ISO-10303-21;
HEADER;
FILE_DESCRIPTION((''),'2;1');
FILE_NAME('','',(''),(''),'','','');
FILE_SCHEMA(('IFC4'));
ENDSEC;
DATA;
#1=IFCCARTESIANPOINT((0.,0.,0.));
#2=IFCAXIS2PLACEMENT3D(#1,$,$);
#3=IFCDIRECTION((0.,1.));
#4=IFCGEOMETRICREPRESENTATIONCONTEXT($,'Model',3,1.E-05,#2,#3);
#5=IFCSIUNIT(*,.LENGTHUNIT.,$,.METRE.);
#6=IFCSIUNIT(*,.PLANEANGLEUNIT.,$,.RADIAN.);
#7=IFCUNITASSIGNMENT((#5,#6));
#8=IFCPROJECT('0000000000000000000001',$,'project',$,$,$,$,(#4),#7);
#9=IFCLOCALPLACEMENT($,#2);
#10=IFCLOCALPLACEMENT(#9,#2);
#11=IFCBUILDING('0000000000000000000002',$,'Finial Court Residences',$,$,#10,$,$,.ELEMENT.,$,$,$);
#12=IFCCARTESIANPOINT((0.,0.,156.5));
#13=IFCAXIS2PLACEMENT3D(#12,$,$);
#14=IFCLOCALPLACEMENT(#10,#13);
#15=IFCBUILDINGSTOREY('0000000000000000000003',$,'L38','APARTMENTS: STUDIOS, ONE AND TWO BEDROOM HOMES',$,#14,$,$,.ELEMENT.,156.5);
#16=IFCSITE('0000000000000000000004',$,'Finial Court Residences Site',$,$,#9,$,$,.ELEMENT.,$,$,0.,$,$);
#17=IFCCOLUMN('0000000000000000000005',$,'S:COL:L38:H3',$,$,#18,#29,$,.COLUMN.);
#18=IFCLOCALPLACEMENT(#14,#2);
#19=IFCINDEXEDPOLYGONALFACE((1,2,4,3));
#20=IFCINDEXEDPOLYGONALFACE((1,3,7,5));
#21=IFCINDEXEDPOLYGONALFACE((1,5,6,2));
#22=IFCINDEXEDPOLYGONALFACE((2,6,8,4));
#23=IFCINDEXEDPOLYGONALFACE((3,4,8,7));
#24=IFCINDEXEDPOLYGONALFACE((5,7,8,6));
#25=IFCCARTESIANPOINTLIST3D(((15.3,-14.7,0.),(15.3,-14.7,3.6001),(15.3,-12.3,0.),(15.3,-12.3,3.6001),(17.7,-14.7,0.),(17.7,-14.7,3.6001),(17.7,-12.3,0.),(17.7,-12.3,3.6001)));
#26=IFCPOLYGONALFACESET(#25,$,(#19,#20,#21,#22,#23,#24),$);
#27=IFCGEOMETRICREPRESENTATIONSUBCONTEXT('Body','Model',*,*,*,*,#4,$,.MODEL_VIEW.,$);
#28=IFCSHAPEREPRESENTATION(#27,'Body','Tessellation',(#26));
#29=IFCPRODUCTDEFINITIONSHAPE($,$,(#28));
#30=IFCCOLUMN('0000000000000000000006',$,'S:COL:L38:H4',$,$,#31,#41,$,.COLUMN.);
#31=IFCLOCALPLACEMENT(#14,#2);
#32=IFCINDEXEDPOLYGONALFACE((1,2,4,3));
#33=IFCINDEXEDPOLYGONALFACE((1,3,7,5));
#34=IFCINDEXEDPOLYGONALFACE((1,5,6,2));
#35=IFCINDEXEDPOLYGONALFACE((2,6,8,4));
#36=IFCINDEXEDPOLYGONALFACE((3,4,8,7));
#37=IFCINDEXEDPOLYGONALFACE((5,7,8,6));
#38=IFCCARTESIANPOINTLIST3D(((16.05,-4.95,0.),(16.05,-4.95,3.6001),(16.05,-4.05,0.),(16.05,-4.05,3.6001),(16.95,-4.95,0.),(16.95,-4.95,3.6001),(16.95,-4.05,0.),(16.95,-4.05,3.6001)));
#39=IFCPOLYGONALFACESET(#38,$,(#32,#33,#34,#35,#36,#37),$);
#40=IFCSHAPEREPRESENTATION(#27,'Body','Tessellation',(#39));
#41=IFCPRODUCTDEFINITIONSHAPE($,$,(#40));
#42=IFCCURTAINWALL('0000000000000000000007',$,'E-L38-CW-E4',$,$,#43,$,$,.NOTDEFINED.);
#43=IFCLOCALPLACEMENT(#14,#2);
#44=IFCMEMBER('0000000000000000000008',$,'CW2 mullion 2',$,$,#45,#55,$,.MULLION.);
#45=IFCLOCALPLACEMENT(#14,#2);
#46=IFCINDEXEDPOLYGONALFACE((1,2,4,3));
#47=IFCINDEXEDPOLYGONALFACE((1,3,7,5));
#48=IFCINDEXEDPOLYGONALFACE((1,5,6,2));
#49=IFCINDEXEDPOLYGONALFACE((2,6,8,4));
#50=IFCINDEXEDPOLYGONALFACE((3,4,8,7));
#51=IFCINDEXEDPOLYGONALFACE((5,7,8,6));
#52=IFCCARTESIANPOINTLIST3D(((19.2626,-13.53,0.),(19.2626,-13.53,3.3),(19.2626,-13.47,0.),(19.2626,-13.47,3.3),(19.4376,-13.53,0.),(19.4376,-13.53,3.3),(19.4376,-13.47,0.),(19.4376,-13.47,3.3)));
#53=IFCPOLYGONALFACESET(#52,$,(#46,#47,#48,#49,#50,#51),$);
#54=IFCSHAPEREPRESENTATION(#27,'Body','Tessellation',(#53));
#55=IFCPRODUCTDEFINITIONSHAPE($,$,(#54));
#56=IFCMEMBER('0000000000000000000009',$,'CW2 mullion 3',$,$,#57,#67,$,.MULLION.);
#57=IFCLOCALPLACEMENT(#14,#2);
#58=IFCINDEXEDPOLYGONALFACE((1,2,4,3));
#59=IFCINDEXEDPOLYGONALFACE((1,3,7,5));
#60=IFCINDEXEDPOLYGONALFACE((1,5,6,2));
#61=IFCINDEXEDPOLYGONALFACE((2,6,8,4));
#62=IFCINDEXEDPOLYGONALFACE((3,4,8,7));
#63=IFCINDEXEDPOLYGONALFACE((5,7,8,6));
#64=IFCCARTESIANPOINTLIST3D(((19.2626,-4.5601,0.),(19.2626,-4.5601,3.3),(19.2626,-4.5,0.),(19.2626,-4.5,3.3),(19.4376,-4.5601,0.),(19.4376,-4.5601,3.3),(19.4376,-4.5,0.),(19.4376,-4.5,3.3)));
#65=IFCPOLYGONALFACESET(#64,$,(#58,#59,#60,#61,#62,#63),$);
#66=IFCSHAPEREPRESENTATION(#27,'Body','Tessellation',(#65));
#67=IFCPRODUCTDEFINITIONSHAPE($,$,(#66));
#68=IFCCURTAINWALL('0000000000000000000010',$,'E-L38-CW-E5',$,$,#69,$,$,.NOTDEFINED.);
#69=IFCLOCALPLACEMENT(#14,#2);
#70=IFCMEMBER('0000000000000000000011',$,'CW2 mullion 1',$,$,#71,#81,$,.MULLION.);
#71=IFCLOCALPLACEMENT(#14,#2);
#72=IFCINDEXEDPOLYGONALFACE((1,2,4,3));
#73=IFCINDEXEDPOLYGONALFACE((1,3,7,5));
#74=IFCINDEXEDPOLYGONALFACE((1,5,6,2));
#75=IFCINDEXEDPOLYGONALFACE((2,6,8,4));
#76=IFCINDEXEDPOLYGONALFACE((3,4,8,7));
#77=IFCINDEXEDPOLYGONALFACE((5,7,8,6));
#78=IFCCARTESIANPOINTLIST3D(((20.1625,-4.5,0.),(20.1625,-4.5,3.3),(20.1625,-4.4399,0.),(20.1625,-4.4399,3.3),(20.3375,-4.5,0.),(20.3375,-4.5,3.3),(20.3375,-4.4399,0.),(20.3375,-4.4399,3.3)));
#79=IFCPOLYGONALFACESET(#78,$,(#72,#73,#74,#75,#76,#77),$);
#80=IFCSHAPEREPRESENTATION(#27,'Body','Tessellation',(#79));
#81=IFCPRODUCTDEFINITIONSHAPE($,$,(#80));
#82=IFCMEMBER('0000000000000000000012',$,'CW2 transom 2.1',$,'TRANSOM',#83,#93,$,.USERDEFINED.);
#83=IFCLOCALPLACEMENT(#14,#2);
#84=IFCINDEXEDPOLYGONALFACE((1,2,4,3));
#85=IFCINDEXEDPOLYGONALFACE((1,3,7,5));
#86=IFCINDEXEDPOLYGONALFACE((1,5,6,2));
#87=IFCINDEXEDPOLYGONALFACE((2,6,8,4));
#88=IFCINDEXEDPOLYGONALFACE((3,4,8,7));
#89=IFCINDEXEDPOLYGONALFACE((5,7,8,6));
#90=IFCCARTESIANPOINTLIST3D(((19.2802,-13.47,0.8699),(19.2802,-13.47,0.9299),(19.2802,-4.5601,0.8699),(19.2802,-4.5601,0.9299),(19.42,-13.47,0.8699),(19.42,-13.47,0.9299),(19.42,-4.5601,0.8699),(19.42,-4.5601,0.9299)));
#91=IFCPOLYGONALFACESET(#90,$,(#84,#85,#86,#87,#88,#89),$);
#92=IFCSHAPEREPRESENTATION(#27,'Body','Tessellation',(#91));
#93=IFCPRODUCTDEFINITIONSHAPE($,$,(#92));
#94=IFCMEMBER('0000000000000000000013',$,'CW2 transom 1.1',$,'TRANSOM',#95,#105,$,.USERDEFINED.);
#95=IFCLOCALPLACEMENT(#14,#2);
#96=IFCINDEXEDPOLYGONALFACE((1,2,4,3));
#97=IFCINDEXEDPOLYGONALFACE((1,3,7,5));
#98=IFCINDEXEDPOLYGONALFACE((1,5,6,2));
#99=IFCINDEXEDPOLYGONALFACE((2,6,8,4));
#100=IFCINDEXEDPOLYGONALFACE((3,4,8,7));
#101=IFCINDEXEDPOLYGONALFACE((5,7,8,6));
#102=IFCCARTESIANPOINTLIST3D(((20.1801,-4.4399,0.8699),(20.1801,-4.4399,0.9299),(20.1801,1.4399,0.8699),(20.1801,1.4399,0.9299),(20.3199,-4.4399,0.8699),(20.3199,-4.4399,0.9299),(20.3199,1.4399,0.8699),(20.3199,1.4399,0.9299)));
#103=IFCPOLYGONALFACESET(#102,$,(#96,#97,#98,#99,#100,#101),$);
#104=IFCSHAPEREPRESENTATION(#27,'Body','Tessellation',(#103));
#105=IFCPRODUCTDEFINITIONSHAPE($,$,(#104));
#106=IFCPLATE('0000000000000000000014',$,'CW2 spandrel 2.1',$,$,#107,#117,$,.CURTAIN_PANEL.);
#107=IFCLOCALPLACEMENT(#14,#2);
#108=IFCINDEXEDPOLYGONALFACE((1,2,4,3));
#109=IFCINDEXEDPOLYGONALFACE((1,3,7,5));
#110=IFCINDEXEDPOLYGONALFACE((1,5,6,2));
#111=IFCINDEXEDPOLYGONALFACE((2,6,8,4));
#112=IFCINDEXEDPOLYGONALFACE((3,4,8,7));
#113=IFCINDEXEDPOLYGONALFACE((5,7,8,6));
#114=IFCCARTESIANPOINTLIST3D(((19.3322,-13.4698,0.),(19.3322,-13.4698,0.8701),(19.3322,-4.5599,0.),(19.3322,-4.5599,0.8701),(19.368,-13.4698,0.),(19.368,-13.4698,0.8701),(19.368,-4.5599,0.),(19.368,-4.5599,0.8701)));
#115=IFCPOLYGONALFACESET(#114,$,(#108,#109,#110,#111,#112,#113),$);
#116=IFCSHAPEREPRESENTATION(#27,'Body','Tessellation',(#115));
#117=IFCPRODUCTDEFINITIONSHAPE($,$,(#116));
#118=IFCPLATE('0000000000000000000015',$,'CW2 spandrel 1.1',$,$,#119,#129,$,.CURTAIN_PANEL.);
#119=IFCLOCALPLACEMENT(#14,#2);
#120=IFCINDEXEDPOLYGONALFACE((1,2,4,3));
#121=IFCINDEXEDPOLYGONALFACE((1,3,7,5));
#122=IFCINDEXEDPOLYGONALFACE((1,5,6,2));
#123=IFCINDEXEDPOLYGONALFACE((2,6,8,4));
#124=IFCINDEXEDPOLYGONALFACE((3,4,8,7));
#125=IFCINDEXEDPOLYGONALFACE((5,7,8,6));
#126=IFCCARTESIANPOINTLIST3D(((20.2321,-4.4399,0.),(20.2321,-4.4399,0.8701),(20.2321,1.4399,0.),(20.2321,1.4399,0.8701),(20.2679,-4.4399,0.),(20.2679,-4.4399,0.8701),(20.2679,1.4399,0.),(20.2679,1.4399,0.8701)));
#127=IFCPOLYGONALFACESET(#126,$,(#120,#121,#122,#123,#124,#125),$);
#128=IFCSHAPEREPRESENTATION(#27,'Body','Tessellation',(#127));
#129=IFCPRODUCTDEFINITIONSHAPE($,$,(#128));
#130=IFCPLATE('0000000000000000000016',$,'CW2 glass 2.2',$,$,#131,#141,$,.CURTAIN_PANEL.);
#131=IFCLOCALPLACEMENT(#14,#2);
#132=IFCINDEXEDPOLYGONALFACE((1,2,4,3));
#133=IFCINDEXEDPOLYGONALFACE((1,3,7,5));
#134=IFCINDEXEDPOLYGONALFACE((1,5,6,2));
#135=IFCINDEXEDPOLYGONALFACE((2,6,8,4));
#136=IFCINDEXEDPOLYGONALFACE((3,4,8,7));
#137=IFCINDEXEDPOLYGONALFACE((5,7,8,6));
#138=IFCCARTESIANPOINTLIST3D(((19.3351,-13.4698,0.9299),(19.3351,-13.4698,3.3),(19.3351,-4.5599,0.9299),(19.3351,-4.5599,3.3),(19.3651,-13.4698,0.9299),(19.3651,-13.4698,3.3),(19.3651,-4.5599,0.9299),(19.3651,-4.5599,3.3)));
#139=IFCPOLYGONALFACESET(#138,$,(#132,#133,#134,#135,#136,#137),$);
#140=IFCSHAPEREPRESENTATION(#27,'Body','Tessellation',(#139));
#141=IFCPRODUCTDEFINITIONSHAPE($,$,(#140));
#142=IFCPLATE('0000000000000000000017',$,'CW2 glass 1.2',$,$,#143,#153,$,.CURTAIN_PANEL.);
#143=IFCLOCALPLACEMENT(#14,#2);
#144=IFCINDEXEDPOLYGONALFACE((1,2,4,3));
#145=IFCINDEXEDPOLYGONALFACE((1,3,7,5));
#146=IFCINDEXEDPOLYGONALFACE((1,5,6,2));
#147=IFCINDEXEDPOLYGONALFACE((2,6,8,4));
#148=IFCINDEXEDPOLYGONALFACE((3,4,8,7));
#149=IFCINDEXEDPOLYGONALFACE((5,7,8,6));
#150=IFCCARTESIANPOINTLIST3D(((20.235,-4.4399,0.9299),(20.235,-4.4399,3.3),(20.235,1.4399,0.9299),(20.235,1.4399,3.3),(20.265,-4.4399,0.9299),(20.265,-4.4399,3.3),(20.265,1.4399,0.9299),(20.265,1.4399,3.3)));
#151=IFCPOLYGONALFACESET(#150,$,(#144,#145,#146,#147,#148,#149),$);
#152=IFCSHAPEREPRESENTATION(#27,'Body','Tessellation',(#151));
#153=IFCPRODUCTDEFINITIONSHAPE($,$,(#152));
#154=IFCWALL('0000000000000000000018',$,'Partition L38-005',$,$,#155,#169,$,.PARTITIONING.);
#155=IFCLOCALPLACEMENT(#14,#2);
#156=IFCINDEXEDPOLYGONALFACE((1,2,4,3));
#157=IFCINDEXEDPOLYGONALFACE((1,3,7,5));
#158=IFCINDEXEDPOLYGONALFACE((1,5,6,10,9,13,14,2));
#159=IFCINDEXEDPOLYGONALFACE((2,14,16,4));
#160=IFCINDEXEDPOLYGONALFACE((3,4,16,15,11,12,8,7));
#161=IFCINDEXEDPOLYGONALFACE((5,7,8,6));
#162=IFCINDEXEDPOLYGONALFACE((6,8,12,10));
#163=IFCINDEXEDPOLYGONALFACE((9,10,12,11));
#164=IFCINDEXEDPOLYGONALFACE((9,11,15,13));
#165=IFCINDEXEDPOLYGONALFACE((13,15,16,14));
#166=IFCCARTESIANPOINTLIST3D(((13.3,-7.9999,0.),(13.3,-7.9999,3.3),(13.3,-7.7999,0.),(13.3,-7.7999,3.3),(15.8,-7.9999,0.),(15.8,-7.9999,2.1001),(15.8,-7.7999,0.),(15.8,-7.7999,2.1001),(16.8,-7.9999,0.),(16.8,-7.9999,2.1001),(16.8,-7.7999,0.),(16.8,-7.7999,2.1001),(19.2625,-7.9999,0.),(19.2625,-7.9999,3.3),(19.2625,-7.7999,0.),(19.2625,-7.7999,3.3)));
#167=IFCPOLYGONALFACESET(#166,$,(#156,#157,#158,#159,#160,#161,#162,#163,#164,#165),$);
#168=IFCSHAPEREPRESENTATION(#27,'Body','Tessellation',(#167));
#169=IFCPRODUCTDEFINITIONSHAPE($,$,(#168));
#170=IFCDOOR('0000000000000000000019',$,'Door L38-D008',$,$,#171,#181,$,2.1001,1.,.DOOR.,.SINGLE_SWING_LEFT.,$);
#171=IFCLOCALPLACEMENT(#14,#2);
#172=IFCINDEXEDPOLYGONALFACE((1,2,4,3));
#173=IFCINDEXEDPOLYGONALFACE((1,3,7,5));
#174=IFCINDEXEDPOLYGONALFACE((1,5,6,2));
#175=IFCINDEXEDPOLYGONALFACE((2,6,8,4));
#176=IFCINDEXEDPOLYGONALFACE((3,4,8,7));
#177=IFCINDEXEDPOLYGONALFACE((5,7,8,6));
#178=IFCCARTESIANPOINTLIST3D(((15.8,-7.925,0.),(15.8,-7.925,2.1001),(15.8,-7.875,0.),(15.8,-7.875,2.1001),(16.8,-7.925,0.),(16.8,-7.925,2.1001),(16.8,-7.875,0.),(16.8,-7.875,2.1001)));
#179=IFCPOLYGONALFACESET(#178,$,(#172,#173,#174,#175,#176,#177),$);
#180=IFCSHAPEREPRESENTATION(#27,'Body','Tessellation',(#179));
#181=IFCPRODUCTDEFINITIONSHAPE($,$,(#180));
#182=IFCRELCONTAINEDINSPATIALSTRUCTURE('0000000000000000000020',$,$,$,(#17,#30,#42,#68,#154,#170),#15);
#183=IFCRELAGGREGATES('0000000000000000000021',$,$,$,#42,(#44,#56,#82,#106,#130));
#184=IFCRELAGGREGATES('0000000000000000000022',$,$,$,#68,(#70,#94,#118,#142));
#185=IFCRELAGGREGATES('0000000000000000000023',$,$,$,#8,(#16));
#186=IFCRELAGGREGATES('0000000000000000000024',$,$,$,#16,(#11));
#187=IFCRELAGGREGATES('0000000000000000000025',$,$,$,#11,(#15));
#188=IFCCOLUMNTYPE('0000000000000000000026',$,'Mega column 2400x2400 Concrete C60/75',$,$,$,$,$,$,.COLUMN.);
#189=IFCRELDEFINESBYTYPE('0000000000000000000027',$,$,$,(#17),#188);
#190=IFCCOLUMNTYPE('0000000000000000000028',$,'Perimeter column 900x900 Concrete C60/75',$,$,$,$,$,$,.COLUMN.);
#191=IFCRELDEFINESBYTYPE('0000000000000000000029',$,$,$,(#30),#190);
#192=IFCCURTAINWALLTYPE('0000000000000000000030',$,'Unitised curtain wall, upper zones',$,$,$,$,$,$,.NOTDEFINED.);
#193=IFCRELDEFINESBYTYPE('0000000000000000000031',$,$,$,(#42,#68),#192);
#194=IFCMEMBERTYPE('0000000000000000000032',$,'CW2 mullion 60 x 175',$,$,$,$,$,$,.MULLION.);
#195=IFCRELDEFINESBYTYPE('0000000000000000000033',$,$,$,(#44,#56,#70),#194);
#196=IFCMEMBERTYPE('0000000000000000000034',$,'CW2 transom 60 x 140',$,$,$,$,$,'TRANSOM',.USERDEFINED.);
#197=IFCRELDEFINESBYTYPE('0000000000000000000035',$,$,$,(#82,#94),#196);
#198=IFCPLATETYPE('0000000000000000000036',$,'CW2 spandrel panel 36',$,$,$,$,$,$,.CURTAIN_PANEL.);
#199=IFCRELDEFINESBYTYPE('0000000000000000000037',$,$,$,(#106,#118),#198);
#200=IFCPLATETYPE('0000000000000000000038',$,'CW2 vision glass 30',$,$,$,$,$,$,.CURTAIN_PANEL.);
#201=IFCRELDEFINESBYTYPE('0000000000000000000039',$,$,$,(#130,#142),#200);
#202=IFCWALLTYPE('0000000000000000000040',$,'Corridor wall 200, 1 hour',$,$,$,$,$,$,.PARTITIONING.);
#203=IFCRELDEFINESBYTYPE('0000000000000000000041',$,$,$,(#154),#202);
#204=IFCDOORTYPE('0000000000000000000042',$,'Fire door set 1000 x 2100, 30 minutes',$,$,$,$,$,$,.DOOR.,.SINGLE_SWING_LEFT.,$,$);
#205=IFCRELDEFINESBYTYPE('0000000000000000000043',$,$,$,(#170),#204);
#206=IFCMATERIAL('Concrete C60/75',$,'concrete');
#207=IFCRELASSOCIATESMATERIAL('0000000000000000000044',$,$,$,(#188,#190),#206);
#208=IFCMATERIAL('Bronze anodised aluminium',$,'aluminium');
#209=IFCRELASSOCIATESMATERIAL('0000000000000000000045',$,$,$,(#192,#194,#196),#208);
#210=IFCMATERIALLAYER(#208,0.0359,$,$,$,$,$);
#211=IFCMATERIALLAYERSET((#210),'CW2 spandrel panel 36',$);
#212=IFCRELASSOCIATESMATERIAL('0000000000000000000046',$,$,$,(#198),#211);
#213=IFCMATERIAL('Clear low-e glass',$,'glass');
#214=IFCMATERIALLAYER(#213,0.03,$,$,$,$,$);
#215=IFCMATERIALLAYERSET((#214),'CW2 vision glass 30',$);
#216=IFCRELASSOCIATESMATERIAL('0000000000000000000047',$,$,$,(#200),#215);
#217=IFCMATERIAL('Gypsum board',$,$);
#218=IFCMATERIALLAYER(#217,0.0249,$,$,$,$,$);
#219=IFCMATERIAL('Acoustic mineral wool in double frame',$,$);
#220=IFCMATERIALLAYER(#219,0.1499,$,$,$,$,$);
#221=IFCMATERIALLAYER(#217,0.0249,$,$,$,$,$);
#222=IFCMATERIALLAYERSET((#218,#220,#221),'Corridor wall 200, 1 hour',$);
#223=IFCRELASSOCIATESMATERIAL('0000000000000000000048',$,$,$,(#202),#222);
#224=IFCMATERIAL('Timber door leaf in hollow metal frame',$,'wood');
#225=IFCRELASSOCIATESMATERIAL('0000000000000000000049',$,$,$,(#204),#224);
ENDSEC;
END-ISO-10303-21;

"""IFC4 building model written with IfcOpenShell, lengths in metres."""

from ifc_helpers import new_model, si_unit, direction, frame, frame_2d, origin, origin_2d, place, context, subcontext, project, spatial, rectangle, extrude, material, layer, layer_set, material_profile, profile_set, type_object, element, fill, aggregate, save


model = new_model("IFC4")

# Units and contexts
model_context = context("Model", 3, precision=1e-05, world=origin(), true_north=direction((0.0, 1.0)))
body_context = subcontext(model_context, "Body", "Model", "MODEL_VIEW")
ifc_project = project(units=[si_unit("LENGTHUNIT", "METRE"), si_unit("PLANEANGLEUNIT", "RADIAN")], contexts=[model_context])

# Site, building, storey
site_placement = place(None, origin())
site = spatial("IfcSite", under=ifc_project, at=site_placement, Name="Finial Court Residences Site", CompositionType="ELEMENT", RefElevation=0.0)
building_placement = place(site_placement, origin())
building = spatial("IfcBuilding", under=site, at=building_placement, Name="Finial Court Residences", CompositionType="ELEMENT")
storey_placement = place(building_placement, frame((0.0, 0.0, 156.5)))
storey = spatial("IfcBuildingStorey", under=building, at=storey_placement, Name="L38", Description="APARTMENTS: STUDIOS, ONE AND TWO BEDROOM HOMES", CompositionType="ELEMENT", Elevation=156.5)

# Columns
ifc_material_1 = material(Name="Concrete C60/75", Category="concrete")
ifc_material_profile_1 = material_profile(ifc_material_1, rectangle(XDim=2.3999, YDim=2.3999, at=origin_2d()), Name="2400x2400")
ifc_profile_set_1 = profile_set([ifc_material_profile_1], Name="Concrete C60/75")
column_type_1 = type_object("IfcColumnType", Name="Mega column 2400x2400 Concrete C60/75", PredefinedType="COLUMN", material=ifc_profile_set_1)
column_1_placement = place(storey_placement, frame((16.5, -13.5, 0.0), z_axis=(0.0, 0.0, 1.0), x_axis=(1.0, 0.0, 0.0)))
element("IfcColumn", 1, at=column_1_placement, inside=storey, type_object=column_type_1, Name="S:COL:L38:H3", PredefinedType="COLUMN", context=body_context, shape_type="SweptSolid", body=[
    extrude(rectangle(XDim=2.3999, YDim=2.3999, at=origin_2d()), origin(), (0.0, 0.0, 1.0), 3.6001),
])
ifc_material_profile_2 = material_profile(ifc_material_1, rectangle(XDim=0.8999, YDim=0.8999, at=origin_2d()), Name="900x900")
ifc_profile_set_2 = profile_set([ifc_material_profile_2], Name="Concrete C60/75")
column_type_2 = type_object("IfcColumnType", Name="Perimeter column 900x900 Concrete C60/75", PredefinedType="COLUMN", material=ifc_profile_set_2)
column_2_placement = place(storey_placement, frame((16.5, -4.5, 0.0), z_axis=(0.0, 0.0, 1.0), x_axis=(1.0, 0.0, 0.0)))
element("IfcColumn", 2, at=column_2_placement, inside=storey, type_object=column_type_2, Name="S:COL:L38:H4", PredefinedType="COLUMN", context=body_context, shape_type="SweptSolid", body=[
    extrude(rectangle(XDim=0.8999, YDim=0.8999, at=origin_2d()), origin(), (0.0, 0.0, 1.0), 3.6001),
])

# Curtain wall, members
ifc_material_2 = material(Name="Bronze anodised aluminium", Category="aluminium")
curtain_wall_type = type_object("IfcCurtainWallType", Name="Unitised curtain wall, upper zones", PredefinedType="NOTDEFINED", material=ifc_material_2)
curtain_wall_1_placement = place(storey_placement, origin())
curtain_wall_1 = element("IfcCurtainWall", 3, at=curtain_wall_1_placement, inside=storey, type_object=curtain_wall_type, Name="E-L38-CW-E4", PredefinedType="NOTDEFINED")
ifc_material_profile_3 = material_profile(ifc_material_2, rectangle(XDim=0.175, YDim=0.0601, at=origin_2d()), Name="CW2 mullion 60 x 175")
ifc_profile_set_3 = profile_set([ifc_material_profile_3], Name="Bronze anodised aluminium")
member_type_1 = type_object("IfcMemberType", Name="CW2 mullion 60 x 175", PredefinedType="MULLION", material=ifc_profile_set_3)
member_1_placement = place(storey_placement, frame((19.3501, -13.5, 0.0), z_axis=(0.0, 0.0, 1.0), x_axis=(-1.0, 0.0, 0.0)))
member_1 = element("IfcMember", 4, at=member_1_placement, type_object=member_type_1, Name="CW2 mullion 2", PredefinedType="MULLION", context=body_context, shape_type="SweptSolid", body=[
    extrude(rectangle(XDim=0.175, YDim=0.0601, at=origin_2d()), origin(), (0.0, 0.0, 1.0), 3.3),
])
member_2_placement = place(storey_placement, frame((19.3501, -4.53, 0.0), z_axis=(0.0, 0.0, 1.0), x_axis=(-1.0, 0.0, 0.0)))
member_2 = element("IfcMember", 5, at=member_2_placement, type_object=member_type_1, Name="CW2 mullion 3", PredefinedType="MULLION", context=body_context, shape_type="SweptSolid", body=[
    extrude(rectangle(XDim=0.175, YDim=0.0601, at=origin_2d()), origin(), (0.0, 0.0, 1.0), 3.3),
])

# Curtain wall, member
curtain_wall_2_placement = place(storey_placement, origin())
curtain_wall_2 = element("IfcCurtainWall", 6, at=curtain_wall_2_placement, inside=storey, type_object=curtain_wall_type, Name="E-L38-CW-E5", PredefinedType="NOTDEFINED")
member_3_placement = place(storey_placement, frame((20.25, -4.47, 0.0), z_axis=(0.0, 0.0, 1.0), x_axis=(-1.0, 0.0, 0.0)))
member_3 = element("IfcMember", 7, at=member_3_placement, type_object=member_type_1, Name="CW2 mullion 1", PredefinedType="MULLION", context=body_context, shape_type="SweptSolid", body=[
    extrude(rectangle(XDim=0.175, YDim=0.0601, at=origin_2d()), origin(), (0.0, 0.0, 1.0), 3.3),
])

# Members
ifc_material_profile_4 = material_profile(ifc_material_2, rectangle(XDim=0.1399, YDim=0.0601, at=origin_2d()), Name="CW2 transom 60 x 140")
ifc_profile_set_4 = profile_set([ifc_material_profile_4], Name="Bronze anodised aluminium")
member_type_2 = type_object("IfcMemberType", Name="CW2 transom 60 x 140", ElementType="TRANSOM", PredefinedType="USERDEFINED", material=ifc_profile_set_4)
member_4_placement = place(storey_placement, frame((19.3501, -13.47, 0.8999), z_axis=(0.0, 1.0, 0.0), x_axis=(-1.0, 0.0, 0.0)))
member_4 = element("IfcMember", 8, at=member_4_placement, type_object=member_type_2, Name="CW2 transom 2.1", ObjectType="TRANSOM", PredefinedType="USERDEFINED", context=body_context, shape_type="SweptSolid", body=[
    extrude(rectangle(XDim=0.1399, YDim=0.0601, at=origin_2d()), origin(), (0.0, 0.0, 1.0), 8.9099),
])
member_5_placement = place(storey_placement, frame((20.25, -4.4399, 0.8999), z_axis=(0.0, 1.0, 0.0), x_axis=(-1.0, 0.0, 0.0)))
member_5 = element("IfcMember", 9, at=member_5_placement, type_object=member_type_2, Name="CW2 transom 1.1", ObjectType="TRANSOM", PredefinedType="USERDEFINED", context=body_context, shape_type="SweptSolid", body=[
    extrude(rectangle(XDim=0.1399, YDim=0.0601, at=origin_2d()), origin(), (0.0, 0.0, 1.0), 5.8799),
])

# Plates
ifc_layer_1 = layer(ifc_material_2, 0.0359)
ifc_layer_set_1 = layer_set([ifc_layer_1], Name="CW2 spandrel panel 36")
plate_type_1 = type_object("IfcPlateType", Name="CW2 spandrel panel 36", PredefinedType="CURTAIN_PANEL", material=ifc_layer_set_1)
plate_1_placement = place(storey_placement, frame((19.3501, -9.0149, 0.0), z_axis=(0.0, 0.0, 1.0), x_axis=(0.0, 1.0, 0.0)))
plate_1 = element("IfcPlate", 10, at=plate_1_placement, type_object=plate_type_1, Name="CW2 spandrel 2.1", PredefinedType="CURTAIN_PANEL", context=body_context, shape_type="SweptSolid", body=[
    extrude(rectangle(XDim=8.9099, YDim=0.0359, at=origin_2d()), origin(), (0.0, 0.0, 1.0), 0.8701),
])
plate_2_placement = place(storey_placement, frame((20.25, -1.5, 0.0), z_axis=(0.0, 0.0, 1.0), x_axis=(0.0, 1.0, 0.0)))
plate_2 = element("IfcPlate", 11, at=plate_2_placement, type_object=plate_type_1, Name="CW2 spandrel 1.1", PredefinedType="CURTAIN_PANEL", context=body_context, shape_type="SweptSolid", body=[
    extrude(rectangle(XDim=5.8799, YDim=0.0359, at=origin_2d()), origin(), (0.0, 0.0, 1.0), 0.8701),
])
ifc_material_3 = material(Name="Clear low-e glass", Category="glass")
ifc_layer_2 = layer(ifc_material_3, 0.03)
ifc_layer_set_2 = layer_set([ifc_layer_2], Name="CW2 vision glass 30")
plate_type_2 = type_object("IfcPlateType", Name="CW2 vision glass 30", PredefinedType="CURTAIN_PANEL", material=ifc_layer_set_2)
plate_3_placement = place(storey_placement, frame((19.3501, -9.0149, 0.9299), z_axis=(0.0, 0.0, 1.0), x_axis=(0.0, 1.0, 0.0)))
plate_3 = element("IfcPlate", 12, at=plate_3_placement, type_object=plate_type_2, Name="CW2 glass 2.2", PredefinedType="CURTAIN_PANEL", context=body_context, shape_type="SweptSolid", body=[
    extrude(rectangle(XDim=8.9099, YDim=0.03, at=origin_2d()), origin(), (0.0, 0.0, 1.0), 2.3701),
])
aggregate(curtain_wall_1, [member_1, member_2, member_4, plate_1, plate_3])
plate_4_placement = place(storey_placement, frame((20.25, -1.5, 0.9299), z_axis=(0.0, 0.0, 1.0), x_axis=(0.0, 1.0, 0.0)))
plate_4 = element("IfcPlate", 13, at=plate_4_placement, type_object=plate_type_2, Name="CW2 glass 1.2", PredefinedType="CURTAIN_PANEL", context=body_context, shape_type="SweptSolid", body=[
    extrude(rectangle(XDim=5.8799, YDim=0.03, at=origin_2d()), origin(), (0.0, 0.0, 1.0), 2.3701),
])
aggregate(curtain_wall_2, [member_3, member_5, plate_2, plate_4])

# Wall, opening, door
ifc_material_4 = material(Name="Gypsum board")
ifc_layer_3 = layer(ifc_material_4, 0.0249)
ifc_material_5 = material(Name="Acoustic mineral wool in double frame")
ifc_layer_4 = layer(ifc_material_5, 0.1499)
ifc_layer_5 = layer(ifc_material_4, 0.0249)
ifc_layer_set_3 = layer_set([ifc_layer_3, ifc_layer_4, ifc_layer_5], Name="Corridor wall 200, 1 hour")
wall_type_1 = type_object("IfcWallType", Name="Corridor wall 200, 1 hour", PredefinedType="PARTITIONING", material=ifc_layer_set_3)
wall_1_placement = place(storey_placement, frame((13.3, -7.8999, 0.0), z_axis=(0.0, 0.0, 1.0), x_axis=(1.0, 0.0, 0.0)))
wall_1 = element("IfcWall", 14, at=wall_1_placement, inside=storey, type_object=wall_type_1, Name="Partition L38-005", PredefinedType="PARTITIONING", context=body_context, shape_type="SweptSolid", body=[
    extrude(rectangle(XDim=5.9624, YDim=0.2, at=frame_2d((2.9812, 0.0))), origin(), (0.0, 0.0, 1.0), 3.3),
])
opening_1_placement = place(wall_1_placement, frame((2.5, 0.0, 0.0)))
opening_1 = element("IfcOpeningElement", 15, at=opening_1_placement, cuts=wall_1, PredefinedType="OPENING", context=body_context, shape_type="SweptSolid", body=[
    extrude(rectangle(XDim=1.0, YDim=2.1001, at=frame_2d((0.5, 1.05))), frame((0.0, 0.1099, 0.0), z_axis=(0.0, -1.0, 0.0), x_axis=(1.0, 0.0, 0.0)), (0.0, 0.0, 1.0), 0.22),
])
ifc_material_6 = material(Name="Timber door leaf in hollow metal frame", Category="wood")
door_type_1 = type_object("IfcDoorType", Name="Fire door set 1000 x 2100, 30 minutes", OperationType="SINGLE_SWING_LEFT", PredefinedType="DOOR", material=ifc_material_6)
door_1_placement = place(opening_1_placement, origin())
door_1 = element("IfcDoor", 16, at=door_1_placement, inside=storey, type_object=door_type_1, Name="Door L38-D008", OperationType="SINGLE_SWING_LEFT", OverallHeight=2.1001, OverallWidth=1.0, PredefinedType="DOOR", context=body_context, shape_type="SweptSolid", body=[
    extrude(rectangle(XDim=1.0, YDim=2.1001, at=frame_2d((0.5, 1.05))), frame((0.0, 0.0249, 0.0), z_axis=(0.0, -1.0, 0.0), x_axis=(1.0, 0.0, 0.0)), (0.0, 0.0, 1.0), 0.05),
])
fill(opening_1, door_1)

save(model, "model.ifc")
